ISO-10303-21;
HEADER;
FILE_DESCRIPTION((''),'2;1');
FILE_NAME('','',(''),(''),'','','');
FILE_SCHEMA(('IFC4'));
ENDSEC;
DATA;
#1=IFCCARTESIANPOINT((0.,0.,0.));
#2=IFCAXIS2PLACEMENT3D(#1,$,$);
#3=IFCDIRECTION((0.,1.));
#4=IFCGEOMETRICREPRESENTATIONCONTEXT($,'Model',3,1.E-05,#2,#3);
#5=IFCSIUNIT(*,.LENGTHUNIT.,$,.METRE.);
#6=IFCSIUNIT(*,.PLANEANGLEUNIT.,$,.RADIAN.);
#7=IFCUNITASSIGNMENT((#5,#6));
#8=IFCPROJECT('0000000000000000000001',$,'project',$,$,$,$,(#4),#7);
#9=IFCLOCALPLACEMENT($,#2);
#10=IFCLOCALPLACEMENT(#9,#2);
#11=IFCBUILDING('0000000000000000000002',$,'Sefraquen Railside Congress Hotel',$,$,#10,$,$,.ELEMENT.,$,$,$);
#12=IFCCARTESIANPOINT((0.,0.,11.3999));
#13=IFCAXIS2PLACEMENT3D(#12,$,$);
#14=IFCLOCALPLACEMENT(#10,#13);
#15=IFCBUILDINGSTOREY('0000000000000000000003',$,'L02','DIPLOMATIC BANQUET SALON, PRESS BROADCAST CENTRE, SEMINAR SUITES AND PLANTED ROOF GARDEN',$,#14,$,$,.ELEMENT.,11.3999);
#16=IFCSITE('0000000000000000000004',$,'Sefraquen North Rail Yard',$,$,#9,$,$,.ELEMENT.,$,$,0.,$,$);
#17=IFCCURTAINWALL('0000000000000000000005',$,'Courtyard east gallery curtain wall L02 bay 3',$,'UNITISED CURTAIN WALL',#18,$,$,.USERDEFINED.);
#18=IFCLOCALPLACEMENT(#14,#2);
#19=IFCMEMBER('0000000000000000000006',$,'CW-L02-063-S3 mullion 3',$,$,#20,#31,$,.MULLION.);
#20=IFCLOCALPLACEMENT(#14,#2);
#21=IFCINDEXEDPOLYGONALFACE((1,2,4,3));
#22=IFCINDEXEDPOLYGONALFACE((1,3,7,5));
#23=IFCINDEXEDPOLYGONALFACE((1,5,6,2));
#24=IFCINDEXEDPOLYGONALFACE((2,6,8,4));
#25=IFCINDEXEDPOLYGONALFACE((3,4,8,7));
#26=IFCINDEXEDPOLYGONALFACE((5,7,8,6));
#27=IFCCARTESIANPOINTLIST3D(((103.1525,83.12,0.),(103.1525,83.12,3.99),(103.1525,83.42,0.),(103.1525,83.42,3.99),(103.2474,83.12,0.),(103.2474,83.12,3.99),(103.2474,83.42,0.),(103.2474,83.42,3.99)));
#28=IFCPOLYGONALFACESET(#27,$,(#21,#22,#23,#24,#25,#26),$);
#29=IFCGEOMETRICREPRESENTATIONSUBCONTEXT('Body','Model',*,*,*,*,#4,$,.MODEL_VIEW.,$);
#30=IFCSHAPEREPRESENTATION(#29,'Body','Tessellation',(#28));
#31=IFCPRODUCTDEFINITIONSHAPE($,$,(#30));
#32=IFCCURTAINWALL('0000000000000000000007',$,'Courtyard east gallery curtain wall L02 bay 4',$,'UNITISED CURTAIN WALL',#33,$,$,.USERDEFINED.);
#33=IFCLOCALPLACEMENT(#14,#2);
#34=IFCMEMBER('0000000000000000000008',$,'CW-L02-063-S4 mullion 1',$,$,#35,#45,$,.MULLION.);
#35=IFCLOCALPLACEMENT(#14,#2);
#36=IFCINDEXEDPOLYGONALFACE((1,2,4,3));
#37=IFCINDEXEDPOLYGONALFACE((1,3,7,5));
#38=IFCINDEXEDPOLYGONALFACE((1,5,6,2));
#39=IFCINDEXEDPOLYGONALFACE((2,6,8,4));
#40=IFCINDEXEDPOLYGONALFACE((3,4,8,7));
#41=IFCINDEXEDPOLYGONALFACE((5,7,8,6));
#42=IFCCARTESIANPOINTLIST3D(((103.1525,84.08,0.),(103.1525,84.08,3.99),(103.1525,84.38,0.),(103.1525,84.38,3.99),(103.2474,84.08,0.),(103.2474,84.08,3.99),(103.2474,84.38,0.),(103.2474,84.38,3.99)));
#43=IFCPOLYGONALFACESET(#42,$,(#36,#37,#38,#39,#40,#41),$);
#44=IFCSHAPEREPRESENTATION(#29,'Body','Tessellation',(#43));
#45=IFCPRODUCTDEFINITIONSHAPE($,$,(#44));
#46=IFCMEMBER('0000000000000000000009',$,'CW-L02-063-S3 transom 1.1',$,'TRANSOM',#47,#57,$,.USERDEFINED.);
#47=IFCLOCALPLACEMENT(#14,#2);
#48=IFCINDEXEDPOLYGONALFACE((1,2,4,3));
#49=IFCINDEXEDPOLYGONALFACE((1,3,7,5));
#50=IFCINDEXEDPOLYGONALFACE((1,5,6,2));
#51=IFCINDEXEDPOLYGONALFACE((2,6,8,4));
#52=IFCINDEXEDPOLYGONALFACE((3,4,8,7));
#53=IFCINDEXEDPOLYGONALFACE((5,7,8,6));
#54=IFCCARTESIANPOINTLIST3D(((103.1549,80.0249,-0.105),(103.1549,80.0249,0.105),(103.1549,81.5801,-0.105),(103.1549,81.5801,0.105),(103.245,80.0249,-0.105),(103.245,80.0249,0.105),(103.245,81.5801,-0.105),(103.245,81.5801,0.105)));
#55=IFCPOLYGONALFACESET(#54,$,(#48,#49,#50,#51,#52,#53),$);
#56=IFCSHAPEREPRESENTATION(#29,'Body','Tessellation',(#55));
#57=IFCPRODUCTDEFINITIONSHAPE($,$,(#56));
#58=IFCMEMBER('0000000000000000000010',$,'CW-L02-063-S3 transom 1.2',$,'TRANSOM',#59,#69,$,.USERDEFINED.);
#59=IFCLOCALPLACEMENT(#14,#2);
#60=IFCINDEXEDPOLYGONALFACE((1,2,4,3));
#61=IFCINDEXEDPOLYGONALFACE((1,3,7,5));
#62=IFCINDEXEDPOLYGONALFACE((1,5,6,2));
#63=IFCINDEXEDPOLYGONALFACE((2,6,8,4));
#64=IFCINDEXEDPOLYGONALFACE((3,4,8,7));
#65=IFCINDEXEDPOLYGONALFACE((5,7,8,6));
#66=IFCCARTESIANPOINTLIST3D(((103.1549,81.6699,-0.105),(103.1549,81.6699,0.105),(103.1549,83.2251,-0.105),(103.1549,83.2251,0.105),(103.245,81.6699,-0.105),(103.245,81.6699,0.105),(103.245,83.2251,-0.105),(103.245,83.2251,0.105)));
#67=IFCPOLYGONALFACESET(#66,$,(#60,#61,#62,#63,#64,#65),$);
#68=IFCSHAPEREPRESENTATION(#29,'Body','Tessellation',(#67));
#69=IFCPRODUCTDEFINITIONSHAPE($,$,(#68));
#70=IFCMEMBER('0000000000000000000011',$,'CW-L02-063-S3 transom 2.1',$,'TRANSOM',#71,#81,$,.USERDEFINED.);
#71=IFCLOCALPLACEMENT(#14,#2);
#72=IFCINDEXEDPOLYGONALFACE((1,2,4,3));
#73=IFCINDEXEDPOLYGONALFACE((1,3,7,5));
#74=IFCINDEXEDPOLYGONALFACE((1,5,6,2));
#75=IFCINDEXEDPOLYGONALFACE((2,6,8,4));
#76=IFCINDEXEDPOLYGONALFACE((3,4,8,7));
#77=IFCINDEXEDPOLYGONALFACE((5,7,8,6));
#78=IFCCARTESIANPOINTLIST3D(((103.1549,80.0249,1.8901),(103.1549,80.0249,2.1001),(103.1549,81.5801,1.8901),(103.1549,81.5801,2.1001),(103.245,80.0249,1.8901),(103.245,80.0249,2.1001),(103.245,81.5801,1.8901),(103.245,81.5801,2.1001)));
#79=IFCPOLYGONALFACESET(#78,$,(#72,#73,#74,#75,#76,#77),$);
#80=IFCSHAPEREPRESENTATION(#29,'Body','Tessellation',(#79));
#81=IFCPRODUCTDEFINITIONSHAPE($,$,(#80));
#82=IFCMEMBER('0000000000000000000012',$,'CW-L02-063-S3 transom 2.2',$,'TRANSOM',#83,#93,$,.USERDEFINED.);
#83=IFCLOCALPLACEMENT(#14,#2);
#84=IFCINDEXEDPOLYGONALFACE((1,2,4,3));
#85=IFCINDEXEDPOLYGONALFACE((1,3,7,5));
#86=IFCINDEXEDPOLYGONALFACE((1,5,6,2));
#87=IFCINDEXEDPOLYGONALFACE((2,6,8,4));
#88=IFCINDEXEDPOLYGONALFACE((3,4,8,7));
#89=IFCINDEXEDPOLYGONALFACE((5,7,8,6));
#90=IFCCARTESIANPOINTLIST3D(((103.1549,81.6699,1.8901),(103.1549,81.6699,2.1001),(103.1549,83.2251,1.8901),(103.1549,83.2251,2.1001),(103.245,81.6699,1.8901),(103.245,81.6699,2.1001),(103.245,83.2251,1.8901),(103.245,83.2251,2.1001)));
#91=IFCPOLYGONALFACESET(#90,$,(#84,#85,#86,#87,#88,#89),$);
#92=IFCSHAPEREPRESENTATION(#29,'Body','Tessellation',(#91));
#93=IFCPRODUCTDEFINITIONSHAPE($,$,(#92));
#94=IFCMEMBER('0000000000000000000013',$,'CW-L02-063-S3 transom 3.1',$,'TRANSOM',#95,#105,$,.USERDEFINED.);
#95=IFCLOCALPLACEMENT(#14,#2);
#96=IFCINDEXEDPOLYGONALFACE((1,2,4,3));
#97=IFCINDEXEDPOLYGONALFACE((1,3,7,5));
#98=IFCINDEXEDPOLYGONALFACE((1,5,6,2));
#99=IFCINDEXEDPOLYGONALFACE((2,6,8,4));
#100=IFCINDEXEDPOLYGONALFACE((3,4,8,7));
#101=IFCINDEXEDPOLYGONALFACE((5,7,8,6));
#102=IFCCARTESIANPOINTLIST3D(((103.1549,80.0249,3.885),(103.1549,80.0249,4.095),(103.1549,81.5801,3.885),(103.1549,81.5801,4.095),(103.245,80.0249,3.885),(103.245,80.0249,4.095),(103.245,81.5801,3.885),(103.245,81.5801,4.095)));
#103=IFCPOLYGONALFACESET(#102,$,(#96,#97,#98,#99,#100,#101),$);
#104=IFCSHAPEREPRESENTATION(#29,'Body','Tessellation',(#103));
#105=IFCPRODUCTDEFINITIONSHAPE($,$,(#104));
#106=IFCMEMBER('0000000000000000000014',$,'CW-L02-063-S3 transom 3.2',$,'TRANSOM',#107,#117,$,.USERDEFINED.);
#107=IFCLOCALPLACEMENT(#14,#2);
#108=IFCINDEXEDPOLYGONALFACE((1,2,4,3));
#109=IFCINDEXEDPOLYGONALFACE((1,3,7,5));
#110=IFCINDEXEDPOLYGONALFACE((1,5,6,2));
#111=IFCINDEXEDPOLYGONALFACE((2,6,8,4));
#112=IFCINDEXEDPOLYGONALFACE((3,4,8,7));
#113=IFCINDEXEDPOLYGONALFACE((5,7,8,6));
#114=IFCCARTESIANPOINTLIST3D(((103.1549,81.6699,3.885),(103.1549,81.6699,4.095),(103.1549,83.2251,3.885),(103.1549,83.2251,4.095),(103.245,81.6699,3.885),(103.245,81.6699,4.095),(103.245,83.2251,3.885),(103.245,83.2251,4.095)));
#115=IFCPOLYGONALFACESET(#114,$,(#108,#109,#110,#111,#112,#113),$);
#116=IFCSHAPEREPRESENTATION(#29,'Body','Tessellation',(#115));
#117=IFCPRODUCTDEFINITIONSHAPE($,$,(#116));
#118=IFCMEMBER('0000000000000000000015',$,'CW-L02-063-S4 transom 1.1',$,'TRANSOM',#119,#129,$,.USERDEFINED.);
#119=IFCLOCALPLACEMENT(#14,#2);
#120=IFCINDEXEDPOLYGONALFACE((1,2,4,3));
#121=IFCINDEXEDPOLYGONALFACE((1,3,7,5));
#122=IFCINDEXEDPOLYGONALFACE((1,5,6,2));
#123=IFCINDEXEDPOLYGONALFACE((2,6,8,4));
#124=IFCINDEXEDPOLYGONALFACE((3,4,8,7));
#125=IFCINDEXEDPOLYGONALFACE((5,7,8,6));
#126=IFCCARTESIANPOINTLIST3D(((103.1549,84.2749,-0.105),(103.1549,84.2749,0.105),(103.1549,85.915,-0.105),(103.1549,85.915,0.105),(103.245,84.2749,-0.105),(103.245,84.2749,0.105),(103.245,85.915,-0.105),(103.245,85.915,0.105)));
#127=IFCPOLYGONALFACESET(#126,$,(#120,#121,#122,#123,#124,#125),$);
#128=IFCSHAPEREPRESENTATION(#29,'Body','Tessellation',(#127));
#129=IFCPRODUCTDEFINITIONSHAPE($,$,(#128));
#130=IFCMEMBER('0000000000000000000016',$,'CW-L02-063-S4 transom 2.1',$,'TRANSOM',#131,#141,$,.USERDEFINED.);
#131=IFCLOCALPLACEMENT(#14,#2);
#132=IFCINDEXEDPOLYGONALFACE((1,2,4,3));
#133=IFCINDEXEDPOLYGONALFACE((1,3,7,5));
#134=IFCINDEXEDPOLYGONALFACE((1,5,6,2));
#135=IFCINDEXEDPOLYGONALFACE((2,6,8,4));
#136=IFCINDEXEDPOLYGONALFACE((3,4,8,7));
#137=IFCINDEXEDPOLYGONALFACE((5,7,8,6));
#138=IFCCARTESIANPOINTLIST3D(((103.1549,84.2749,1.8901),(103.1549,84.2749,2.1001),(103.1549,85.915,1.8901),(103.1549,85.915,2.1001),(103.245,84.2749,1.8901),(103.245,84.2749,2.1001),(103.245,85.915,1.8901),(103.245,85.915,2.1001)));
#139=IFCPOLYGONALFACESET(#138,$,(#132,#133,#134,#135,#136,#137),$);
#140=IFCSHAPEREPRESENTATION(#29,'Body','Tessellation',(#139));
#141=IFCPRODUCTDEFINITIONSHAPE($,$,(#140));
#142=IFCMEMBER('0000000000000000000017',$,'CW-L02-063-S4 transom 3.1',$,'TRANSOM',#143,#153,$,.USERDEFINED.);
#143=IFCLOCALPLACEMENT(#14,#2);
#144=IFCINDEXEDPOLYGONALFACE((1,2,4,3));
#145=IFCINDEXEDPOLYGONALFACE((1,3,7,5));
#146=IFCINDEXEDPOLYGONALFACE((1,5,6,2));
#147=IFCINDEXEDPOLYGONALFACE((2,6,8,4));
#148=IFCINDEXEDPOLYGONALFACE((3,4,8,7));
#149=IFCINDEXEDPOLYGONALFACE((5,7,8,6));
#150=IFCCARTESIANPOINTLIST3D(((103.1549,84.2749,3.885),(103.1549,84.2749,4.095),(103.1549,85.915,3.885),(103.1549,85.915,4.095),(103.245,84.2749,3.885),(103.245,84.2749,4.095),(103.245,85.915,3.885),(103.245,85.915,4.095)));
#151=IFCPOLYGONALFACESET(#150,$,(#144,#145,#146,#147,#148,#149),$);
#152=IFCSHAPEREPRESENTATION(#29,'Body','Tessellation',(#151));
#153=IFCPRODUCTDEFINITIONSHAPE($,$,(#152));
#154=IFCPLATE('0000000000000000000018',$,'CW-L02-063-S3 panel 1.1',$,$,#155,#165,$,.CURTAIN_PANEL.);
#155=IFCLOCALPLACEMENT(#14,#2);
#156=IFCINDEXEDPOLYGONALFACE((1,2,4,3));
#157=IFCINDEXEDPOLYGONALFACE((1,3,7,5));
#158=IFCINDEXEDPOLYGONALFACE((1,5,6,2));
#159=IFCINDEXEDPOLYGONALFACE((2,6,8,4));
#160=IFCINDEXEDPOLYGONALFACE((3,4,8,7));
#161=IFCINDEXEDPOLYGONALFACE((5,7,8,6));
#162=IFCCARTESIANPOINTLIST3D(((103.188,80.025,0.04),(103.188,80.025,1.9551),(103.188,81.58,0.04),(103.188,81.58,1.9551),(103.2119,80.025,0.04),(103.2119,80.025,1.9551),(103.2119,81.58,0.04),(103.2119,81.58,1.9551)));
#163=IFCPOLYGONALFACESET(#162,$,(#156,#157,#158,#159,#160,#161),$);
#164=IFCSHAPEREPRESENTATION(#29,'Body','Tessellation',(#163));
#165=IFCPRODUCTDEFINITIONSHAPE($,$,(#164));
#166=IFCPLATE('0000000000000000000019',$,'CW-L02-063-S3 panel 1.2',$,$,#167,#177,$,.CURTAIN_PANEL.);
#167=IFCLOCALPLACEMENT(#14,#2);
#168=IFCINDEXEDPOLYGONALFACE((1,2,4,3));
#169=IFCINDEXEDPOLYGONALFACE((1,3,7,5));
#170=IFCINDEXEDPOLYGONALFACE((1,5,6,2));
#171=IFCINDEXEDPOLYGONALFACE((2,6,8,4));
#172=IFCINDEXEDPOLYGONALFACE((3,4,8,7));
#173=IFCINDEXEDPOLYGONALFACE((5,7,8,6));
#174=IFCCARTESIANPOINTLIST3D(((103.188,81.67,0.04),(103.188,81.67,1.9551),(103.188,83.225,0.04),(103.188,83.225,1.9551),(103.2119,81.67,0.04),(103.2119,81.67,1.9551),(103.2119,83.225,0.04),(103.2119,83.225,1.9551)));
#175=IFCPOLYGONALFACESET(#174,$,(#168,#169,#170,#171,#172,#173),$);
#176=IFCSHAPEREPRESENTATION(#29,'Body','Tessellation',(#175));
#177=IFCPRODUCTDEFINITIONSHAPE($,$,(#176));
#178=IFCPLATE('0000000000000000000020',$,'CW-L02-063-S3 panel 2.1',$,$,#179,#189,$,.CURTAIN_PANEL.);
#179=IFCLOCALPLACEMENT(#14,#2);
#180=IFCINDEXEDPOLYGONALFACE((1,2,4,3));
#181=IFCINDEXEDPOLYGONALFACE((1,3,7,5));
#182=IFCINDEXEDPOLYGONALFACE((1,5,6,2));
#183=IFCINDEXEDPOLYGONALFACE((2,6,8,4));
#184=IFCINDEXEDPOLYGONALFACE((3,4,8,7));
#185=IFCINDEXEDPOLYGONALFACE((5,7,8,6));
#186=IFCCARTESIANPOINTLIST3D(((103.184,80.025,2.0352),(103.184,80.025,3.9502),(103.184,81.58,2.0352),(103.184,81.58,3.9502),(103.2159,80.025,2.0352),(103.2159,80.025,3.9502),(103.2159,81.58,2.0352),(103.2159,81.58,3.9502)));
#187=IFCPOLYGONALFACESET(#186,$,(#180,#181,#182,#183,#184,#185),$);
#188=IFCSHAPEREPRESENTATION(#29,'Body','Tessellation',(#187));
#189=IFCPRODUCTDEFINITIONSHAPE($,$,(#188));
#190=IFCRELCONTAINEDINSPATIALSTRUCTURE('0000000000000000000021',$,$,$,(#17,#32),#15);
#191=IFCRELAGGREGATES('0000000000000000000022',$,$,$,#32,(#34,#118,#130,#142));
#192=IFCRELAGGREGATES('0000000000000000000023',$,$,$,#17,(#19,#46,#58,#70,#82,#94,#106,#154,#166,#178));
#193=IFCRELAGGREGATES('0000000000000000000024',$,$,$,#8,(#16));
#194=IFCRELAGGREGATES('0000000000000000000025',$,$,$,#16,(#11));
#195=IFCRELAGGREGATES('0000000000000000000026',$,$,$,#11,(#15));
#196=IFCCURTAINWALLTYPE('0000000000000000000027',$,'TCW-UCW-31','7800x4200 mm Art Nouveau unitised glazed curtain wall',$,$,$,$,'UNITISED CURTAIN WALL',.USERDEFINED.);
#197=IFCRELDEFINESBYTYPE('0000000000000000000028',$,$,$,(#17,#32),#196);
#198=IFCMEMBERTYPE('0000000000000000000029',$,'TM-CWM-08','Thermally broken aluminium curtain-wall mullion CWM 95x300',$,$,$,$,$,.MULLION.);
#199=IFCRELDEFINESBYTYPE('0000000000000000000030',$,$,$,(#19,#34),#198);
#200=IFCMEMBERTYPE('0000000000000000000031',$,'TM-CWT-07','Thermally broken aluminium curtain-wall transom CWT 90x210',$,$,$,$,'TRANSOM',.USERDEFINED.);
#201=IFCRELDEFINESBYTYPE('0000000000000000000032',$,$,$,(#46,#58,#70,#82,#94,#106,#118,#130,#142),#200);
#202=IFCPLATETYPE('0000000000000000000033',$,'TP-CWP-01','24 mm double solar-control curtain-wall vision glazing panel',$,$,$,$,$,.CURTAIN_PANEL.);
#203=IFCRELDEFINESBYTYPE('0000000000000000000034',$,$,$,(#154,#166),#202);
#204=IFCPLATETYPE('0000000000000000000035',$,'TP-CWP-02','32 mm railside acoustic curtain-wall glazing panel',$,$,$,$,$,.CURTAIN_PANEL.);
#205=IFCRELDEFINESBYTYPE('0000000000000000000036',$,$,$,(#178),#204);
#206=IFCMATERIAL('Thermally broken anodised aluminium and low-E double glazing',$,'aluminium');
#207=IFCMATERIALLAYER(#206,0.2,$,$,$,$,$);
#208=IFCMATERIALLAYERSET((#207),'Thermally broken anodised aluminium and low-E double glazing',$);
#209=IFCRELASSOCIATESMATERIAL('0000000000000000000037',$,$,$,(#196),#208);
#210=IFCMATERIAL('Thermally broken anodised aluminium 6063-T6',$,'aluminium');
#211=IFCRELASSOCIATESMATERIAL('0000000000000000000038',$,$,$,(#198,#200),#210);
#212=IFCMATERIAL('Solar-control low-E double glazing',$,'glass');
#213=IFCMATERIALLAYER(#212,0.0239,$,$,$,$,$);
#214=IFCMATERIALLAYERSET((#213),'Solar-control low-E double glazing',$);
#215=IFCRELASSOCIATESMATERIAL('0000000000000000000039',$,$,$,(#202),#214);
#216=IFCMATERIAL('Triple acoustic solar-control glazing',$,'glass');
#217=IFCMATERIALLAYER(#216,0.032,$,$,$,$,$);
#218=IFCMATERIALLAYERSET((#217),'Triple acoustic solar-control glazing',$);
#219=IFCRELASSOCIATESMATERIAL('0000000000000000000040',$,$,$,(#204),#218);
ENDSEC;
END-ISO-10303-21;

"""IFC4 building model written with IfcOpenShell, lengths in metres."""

from ifc_helpers import new_model, si_unit, direction, frame, origin, origin_2d, place, context, subcontext, project, spatial, rectangle, extrude, material, layer, layer_set, material_profile, profile_set, type_object, element, aggregate, save


model = new_model("IFC4")

# Units and contexts
model_context = context("Model", 3, precision=1e-05, world=origin(), true_north=direction((0.0, 1.0)))
body_context = subcontext(model_context, "Body", "Model", "MODEL_VIEW")
ifc_project = project(units=[si_unit("LENGTHUNIT", "METRE"), si_unit("PLANEANGLEUNIT", "RADIAN")], contexts=[model_context])

# Site, building, storey
site_placement = place(None, origin())
site = spatial("IfcSite", under=ifc_project, at=site_placement, Name="Sefraquen North Rail Yard", CompositionType="ELEMENT", RefElevation=0.0)
building_placement = place(site_placement, origin())
building = spatial("IfcBuilding", under=site, at=building_placement, Name="Sefraquen Railside Congress Hotel", CompositionType="ELEMENT")
storey_placement = place(building_placement, frame((0.0, 0.0, 11.3999)))
storey = spatial("IfcBuildingStorey", under=building, at=storey_placement, Name="L02", Description="DIPLOMATIC BANQUET SALON, PRESS BROADCAST CENTRE, SEMINAR SUITES AND PLANTED ROOF GARDEN", CompositionType="ELEMENT", Elevation=11.3999)

# Curtain wall, member
ifc_material_1 = material(Name="Thermally broken anodised aluminium and low-E double glazing", Category="aluminium")
ifc_layer_1 = layer(ifc_material_1, 0.2)
ifc_layer_set_1 = layer_set([ifc_layer_1], Name="Thermally broken anodised aluminium and low-E double glazing")
curtain_wall_type = type_object("IfcCurtainWallType", Name="TCW-UCW-31", Description="7800x4200 mm Art Nouveau unitised glazed curtain wall", ElementType="UNITISED CURTAIN WALL", PredefinedType="USERDEFINED", material=ifc_layer_set_1)
curtain_wall_1_placement = place(storey_placement, origin())
curtain_wall_1 = element("IfcCurtainWall", 1, at=curtain_wall_1_placement, inside=storey, type_object=curtain_wall_type, Name="Courtyard east gallery curtain wall L02 bay 3", ObjectType="UNITISED CURTAIN WALL", PredefinedType="USERDEFINED")
ifc_material_2 = material(Name="Thermally broken anodised aluminium 6063-T6", Category="aluminium")
ifc_material_profile_1 = material_profile(ifc_material_2, rectangle(XDim=0.095, YDim=0.3, at=origin_2d()), Name="CWM 95x300")
ifc_profile_set_1 = profile_set([ifc_material_profile_1], Name="Thermally broken anodised aluminium 6063-T6")
member_type_1 = type_object("IfcMemberType", Name="TM-CWM-08", Description="Thermally broken aluminium curtain-wall mullion CWM 95x300", PredefinedType="MULLION", material=ifc_profile_set_1)
member_1_placement = place(storey_placement, frame((103.2, 83.27, 0.0), z_axis=(0.0, 0.0, 1.0), x_axis=(1.0, 0.0, 0.0)))
member_1 = element("IfcMember", 2, at=member_1_placement, type_object=member_type_1, Name="CW-L02-063-S3 mullion 3", PredefinedType="MULLION", context=body_context, shape_type="SweptSolid", body=[
    extrude(rectangle(XDim=0.095, YDim=0.3, at=origin_2d()), origin(), (0.0, 0.0, 1.0), 3.99),
])

# Curtain wall, member
curtain_wall_2_placement = place(storey_placement, origin())
curtain_wall_2 = element("IfcCurtainWall", 3, at=curtain_wall_2_placement, inside=storey, type_object=curtain_wall_type, Name="Courtyard east gallery curtain wall L02 bay 4", ObjectType="UNITISED CURTAIN WALL", PredefinedType="USERDEFINED")
member_2_placement = place(storey_placement, frame((103.2, 84.23, 0.0), z_axis=(0.0, 0.0, 1.0), x_axis=(1.0, 0.0, 0.0)))
member_2 = element("IfcMember", 4, at=member_2_placement, type_object=member_type_1, Name="CW-L02-063-S4 mullion 1", PredefinedType="MULLION", context=body_context, shape_type="SweptSolid", body=[
    extrude(rectangle(XDim=0.095, YDim=0.3, at=origin_2d()), origin(), (0.0, 0.0, 1.0), 3.99),
])

# Members
ifc_material_profile_2 = material_profile(ifc_material_2, rectangle(XDim=0.0901, YDim=0.21, at=origin_2d()), Name="CWT 90x210")
ifc_profile_set_2 = profile_set([ifc_material_profile_2], Name="Thermally broken anodised aluminium 6063-T6")
member_type_2 = type_object("IfcMemberType", Name="TM-CWT-07", Description="Thermally broken aluminium curtain-wall transom CWT 90x210", ElementType="TRANSOM", PredefinedType="USERDEFINED", material=ifc_profile_set_2)
member_3_placement = place(storey_placement, frame((103.2, 80.0249, 0.0), z_axis=(0.0, 1.0, 0.0), x_axis=(-1.0, 0.0, 0.0)))
member_3 = element("IfcMember", 5, at=member_3_placement, type_object=member_type_2, Name="CW-L02-063-S3 transom 1.1", ObjectType="TRANSOM", PredefinedType="USERDEFINED", context=body_context, shape_type="SweptSolid", body=[
    extrude(rectangle(XDim=0.0901, YDim=0.21, at=origin_2d()), origin(), (0.0, 0.0, 1.0), 1.5552),
])
member_4_placement = place(storey_placement, frame((103.2, 81.6699, 0.0), z_axis=(0.0, 1.0, 0.0), x_axis=(-1.0, 0.0, 0.0)))
member_4 = element("IfcMember", 6, at=member_4_placement, type_object=member_type_2, Name="CW-L02-063-S3 transom 1.2", ObjectType="TRANSOM", PredefinedType="USERDEFINED", context=body_context, shape_type="SweptSolid", body=[
    extrude(rectangle(XDim=0.0901, YDim=0.21, at=origin_2d()), origin(), (0.0, 0.0, 1.0), 1.5552),
])
member_5_placement = place(storey_placement, frame((103.2, 80.0249, 1.9951), z_axis=(0.0, 1.0, 0.0), x_axis=(-1.0, 0.0, 0.0)))
member_5 = element("IfcMember", 7, at=member_5_placement, type_object=member_type_2, Name="CW-L02-063-S3 transom 2.1", ObjectType="TRANSOM", PredefinedType="USERDEFINED", context=body_context, shape_type="SweptSolid", body=[
    extrude(rectangle(XDim=0.0901, YDim=0.21, at=origin_2d()), origin(), (0.0, 0.0, 1.0), 1.5552),
])
member_6_placement = place(storey_placement, frame((103.2, 81.6699, 1.9951), z_axis=(0.0, 1.0, 0.0), x_axis=(-1.0, 0.0, 0.0)))
member_6 = element("IfcMember", 8, at=member_6_placement, type_object=member_type_2, Name="CW-L02-063-S3 transom 2.2", ObjectType="TRANSOM", PredefinedType="USERDEFINED", context=body_context, shape_type="SweptSolid", body=[
    extrude(rectangle(XDim=0.0901, YDim=0.21, at=origin_2d()), origin(), (0.0, 0.0, 1.0), 1.5552),
])
member_7_placement = place(storey_placement, frame((103.2, 80.0249, 3.99), z_axis=(0.0, 1.0, 0.0), x_axis=(-1.0, 0.0, 0.0)))
member_7 = element("IfcMember", 9, at=member_7_placement, type_object=member_type_2, Name="CW-L02-063-S3 transom 3.1", ObjectType="TRANSOM", PredefinedType="USERDEFINED", context=body_context, shape_type="SweptSolid", body=[
    extrude(rectangle(XDim=0.0901, YDim=0.21, at=origin_2d()), origin(), (0.0, 0.0, 1.0), 1.5552),
])
member_8_placement = place(storey_placement, frame((103.2, 81.6699, 3.99), z_axis=(0.0, 1.0, 0.0), x_axis=(-1.0, 0.0, 0.0)))
member_8 = element("IfcMember", 10, at=member_8_placement, type_object=member_type_2, Name="CW-L02-063-S3 transom 3.2", ObjectType="TRANSOM", PredefinedType="USERDEFINED", context=body_context, shape_type="SweptSolid", body=[
    extrude(rectangle(XDim=0.0901, YDim=0.21, at=origin_2d()), origin(), (0.0, 0.0, 1.0), 1.5552),
])
member_9_placement = place(storey_placement, frame((103.2, 84.2749, 0.0), z_axis=(0.0, 1.0, 0.0), x_axis=(-1.0, 0.0, 0.0)))
member_9 = element("IfcMember", 11, at=member_9_placement, type_object=member_type_2, Name="CW-L02-063-S4 transom 1.1", ObjectType="TRANSOM", PredefinedType="USERDEFINED", context=body_context, shape_type="SweptSolid", body=[
    extrude(rectangle(XDim=0.0901, YDim=0.21, at=origin_2d()), origin(), (0.0, 0.0, 1.0), 1.6401),
])
member_10_placement = place(storey_placement, frame((103.2, 84.2749, 1.9951), z_axis=(0.0, 1.0, 0.0), x_axis=(-1.0, 0.0, 0.0)))
member_10 = element("IfcMember", 12, at=member_10_placement, type_object=member_type_2, Name="CW-L02-063-S4 transom 2.1", ObjectType="TRANSOM", PredefinedType="USERDEFINED", context=body_context, shape_type="SweptSolid", body=[
    extrude(rectangle(XDim=0.0901, YDim=0.21, at=origin_2d()), origin(), (0.0, 0.0, 1.0), 1.6401),
])
member_11_placement = place(storey_placement, frame((103.2, 84.2749, 3.99), z_axis=(0.0, 1.0, 0.0), x_axis=(-1.0, 0.0, 0.0)))
member_11 = element("IfcMember", 13, at=member_11_placement, type_object=member_type_2, Name="CW-L02-063-S4 transom 3.1", ObjectType="TRANSOM", PredefinedType="USERDEFINED", context=body_context, shape_type="SweptSolid", body=[
    extrude(rectangle(XDim=0.0901, YDim=0.21, at=origin_2d()), origin(), (0.0, 0.0, 1.0), 1.6401),
])
aggregate(curtain_wall_2, [member_2, member_9, member_10, member_11])

# Plates
ifc_material_3 = material(Name="Solar-control low-E double glazing", Category="glass")
ifc_layer_2 = layer(ifc_material_3, 0.0239)
ifc_layer_set_2 = layer_set([ifc_layer_2], Name="Solar-control low-E double glazing")
plate_type_1 = type_object("IfcPlateType", Name="TP-CWP-01", Description="24 mm double solar-control curtain-wall vision glazing panel", PredefinedType="CURTAIN_PANEL", material=ifc_layer_set_2)
plate_1_placement = place(storey_placement, frame((103.2, 80.8025, 0.04), z_axis=(0.0, 0.0, 1.0), x_axis=(0.0, 1.0, 0.0)))
plate_1 = element("IfcPlate", 14, at=plate_1_placement, type_object=plate_type_1, Name="CW-L02-063-S3 panel 1.1", PredefinedType="CURTAIN_PANEL", context=body_context, shape_type="SweptSolid", body=[
    extrude(rectangle(XDim=1.5549, YDim=0.0239, at=origin_2d()), origin(), (0.0, 0.0, 1.0), 1.915),
])
plate_2_placement = place(storey_placement, frame((103.2, 82.4475, 0.04), z_axis=(0.0, 0.0, 1.0), x_axis=(0.0, 1.0, 0.0)))
plate_2 = element("IfcPlate", 15, at=plate_2_placement, type_object=plate_type_1, Name="CW-L02-063-S3 panel 1.2", PredefinedType="CURTAIN_PANEL", context=body_context, shape_type="SweptSolid", body=[
    extrude(rectangle(XDim=1.5549, YDim=0.0239, at=origin_2d()), origin(), (0.0, 0.0, 1.0), 1.915),
])
ifc_material_4 = material(Name="Triple acoustic solar-control glazing", Category="glass")
ifc_layer_3 = layer(ifc_material_4, 0.032)
ifc_layer_set_3 = layer_set([ifc_layer_3], Name="Triple acoustic solar-control glazing")
plate_type_2 = type_object("IfcPlateType", Name="TP-CWP-02", Description="32 mm railside acoustic curtain-wall glazing panel", PredefinedType="CURTAIN_PANEL", material=ifc_layer_set_3)
plate_3_placement = place(storey_placement, frame((103.2, 80.8025, 2.0352), z_axis=(0.0, 0.0, 1.0), x_axis=(0.0, 1.0, 0.0)))
plate_3 = element("IfcPlate", 16, at=plate_3_placement, type_object=plate_type_2, Name="CW-L02-063-S3 panel 2.1", PredefinedType="CURTAIN_PANEL", context=body_context, shape_type="SweptSolid", body=[
    extrude(rectangle(XDim=1.5549, YDim=0.032, at=origin_2d()), origin(), (0.0, 0.0, 1.0), 1.915),
])
aggregate(curtain_wall_1, [member_1, member_3, member_4, member_5, member_6, member_7, member_8, plate_1, plate_2, plate_3])

save(model, "model.ifc")
